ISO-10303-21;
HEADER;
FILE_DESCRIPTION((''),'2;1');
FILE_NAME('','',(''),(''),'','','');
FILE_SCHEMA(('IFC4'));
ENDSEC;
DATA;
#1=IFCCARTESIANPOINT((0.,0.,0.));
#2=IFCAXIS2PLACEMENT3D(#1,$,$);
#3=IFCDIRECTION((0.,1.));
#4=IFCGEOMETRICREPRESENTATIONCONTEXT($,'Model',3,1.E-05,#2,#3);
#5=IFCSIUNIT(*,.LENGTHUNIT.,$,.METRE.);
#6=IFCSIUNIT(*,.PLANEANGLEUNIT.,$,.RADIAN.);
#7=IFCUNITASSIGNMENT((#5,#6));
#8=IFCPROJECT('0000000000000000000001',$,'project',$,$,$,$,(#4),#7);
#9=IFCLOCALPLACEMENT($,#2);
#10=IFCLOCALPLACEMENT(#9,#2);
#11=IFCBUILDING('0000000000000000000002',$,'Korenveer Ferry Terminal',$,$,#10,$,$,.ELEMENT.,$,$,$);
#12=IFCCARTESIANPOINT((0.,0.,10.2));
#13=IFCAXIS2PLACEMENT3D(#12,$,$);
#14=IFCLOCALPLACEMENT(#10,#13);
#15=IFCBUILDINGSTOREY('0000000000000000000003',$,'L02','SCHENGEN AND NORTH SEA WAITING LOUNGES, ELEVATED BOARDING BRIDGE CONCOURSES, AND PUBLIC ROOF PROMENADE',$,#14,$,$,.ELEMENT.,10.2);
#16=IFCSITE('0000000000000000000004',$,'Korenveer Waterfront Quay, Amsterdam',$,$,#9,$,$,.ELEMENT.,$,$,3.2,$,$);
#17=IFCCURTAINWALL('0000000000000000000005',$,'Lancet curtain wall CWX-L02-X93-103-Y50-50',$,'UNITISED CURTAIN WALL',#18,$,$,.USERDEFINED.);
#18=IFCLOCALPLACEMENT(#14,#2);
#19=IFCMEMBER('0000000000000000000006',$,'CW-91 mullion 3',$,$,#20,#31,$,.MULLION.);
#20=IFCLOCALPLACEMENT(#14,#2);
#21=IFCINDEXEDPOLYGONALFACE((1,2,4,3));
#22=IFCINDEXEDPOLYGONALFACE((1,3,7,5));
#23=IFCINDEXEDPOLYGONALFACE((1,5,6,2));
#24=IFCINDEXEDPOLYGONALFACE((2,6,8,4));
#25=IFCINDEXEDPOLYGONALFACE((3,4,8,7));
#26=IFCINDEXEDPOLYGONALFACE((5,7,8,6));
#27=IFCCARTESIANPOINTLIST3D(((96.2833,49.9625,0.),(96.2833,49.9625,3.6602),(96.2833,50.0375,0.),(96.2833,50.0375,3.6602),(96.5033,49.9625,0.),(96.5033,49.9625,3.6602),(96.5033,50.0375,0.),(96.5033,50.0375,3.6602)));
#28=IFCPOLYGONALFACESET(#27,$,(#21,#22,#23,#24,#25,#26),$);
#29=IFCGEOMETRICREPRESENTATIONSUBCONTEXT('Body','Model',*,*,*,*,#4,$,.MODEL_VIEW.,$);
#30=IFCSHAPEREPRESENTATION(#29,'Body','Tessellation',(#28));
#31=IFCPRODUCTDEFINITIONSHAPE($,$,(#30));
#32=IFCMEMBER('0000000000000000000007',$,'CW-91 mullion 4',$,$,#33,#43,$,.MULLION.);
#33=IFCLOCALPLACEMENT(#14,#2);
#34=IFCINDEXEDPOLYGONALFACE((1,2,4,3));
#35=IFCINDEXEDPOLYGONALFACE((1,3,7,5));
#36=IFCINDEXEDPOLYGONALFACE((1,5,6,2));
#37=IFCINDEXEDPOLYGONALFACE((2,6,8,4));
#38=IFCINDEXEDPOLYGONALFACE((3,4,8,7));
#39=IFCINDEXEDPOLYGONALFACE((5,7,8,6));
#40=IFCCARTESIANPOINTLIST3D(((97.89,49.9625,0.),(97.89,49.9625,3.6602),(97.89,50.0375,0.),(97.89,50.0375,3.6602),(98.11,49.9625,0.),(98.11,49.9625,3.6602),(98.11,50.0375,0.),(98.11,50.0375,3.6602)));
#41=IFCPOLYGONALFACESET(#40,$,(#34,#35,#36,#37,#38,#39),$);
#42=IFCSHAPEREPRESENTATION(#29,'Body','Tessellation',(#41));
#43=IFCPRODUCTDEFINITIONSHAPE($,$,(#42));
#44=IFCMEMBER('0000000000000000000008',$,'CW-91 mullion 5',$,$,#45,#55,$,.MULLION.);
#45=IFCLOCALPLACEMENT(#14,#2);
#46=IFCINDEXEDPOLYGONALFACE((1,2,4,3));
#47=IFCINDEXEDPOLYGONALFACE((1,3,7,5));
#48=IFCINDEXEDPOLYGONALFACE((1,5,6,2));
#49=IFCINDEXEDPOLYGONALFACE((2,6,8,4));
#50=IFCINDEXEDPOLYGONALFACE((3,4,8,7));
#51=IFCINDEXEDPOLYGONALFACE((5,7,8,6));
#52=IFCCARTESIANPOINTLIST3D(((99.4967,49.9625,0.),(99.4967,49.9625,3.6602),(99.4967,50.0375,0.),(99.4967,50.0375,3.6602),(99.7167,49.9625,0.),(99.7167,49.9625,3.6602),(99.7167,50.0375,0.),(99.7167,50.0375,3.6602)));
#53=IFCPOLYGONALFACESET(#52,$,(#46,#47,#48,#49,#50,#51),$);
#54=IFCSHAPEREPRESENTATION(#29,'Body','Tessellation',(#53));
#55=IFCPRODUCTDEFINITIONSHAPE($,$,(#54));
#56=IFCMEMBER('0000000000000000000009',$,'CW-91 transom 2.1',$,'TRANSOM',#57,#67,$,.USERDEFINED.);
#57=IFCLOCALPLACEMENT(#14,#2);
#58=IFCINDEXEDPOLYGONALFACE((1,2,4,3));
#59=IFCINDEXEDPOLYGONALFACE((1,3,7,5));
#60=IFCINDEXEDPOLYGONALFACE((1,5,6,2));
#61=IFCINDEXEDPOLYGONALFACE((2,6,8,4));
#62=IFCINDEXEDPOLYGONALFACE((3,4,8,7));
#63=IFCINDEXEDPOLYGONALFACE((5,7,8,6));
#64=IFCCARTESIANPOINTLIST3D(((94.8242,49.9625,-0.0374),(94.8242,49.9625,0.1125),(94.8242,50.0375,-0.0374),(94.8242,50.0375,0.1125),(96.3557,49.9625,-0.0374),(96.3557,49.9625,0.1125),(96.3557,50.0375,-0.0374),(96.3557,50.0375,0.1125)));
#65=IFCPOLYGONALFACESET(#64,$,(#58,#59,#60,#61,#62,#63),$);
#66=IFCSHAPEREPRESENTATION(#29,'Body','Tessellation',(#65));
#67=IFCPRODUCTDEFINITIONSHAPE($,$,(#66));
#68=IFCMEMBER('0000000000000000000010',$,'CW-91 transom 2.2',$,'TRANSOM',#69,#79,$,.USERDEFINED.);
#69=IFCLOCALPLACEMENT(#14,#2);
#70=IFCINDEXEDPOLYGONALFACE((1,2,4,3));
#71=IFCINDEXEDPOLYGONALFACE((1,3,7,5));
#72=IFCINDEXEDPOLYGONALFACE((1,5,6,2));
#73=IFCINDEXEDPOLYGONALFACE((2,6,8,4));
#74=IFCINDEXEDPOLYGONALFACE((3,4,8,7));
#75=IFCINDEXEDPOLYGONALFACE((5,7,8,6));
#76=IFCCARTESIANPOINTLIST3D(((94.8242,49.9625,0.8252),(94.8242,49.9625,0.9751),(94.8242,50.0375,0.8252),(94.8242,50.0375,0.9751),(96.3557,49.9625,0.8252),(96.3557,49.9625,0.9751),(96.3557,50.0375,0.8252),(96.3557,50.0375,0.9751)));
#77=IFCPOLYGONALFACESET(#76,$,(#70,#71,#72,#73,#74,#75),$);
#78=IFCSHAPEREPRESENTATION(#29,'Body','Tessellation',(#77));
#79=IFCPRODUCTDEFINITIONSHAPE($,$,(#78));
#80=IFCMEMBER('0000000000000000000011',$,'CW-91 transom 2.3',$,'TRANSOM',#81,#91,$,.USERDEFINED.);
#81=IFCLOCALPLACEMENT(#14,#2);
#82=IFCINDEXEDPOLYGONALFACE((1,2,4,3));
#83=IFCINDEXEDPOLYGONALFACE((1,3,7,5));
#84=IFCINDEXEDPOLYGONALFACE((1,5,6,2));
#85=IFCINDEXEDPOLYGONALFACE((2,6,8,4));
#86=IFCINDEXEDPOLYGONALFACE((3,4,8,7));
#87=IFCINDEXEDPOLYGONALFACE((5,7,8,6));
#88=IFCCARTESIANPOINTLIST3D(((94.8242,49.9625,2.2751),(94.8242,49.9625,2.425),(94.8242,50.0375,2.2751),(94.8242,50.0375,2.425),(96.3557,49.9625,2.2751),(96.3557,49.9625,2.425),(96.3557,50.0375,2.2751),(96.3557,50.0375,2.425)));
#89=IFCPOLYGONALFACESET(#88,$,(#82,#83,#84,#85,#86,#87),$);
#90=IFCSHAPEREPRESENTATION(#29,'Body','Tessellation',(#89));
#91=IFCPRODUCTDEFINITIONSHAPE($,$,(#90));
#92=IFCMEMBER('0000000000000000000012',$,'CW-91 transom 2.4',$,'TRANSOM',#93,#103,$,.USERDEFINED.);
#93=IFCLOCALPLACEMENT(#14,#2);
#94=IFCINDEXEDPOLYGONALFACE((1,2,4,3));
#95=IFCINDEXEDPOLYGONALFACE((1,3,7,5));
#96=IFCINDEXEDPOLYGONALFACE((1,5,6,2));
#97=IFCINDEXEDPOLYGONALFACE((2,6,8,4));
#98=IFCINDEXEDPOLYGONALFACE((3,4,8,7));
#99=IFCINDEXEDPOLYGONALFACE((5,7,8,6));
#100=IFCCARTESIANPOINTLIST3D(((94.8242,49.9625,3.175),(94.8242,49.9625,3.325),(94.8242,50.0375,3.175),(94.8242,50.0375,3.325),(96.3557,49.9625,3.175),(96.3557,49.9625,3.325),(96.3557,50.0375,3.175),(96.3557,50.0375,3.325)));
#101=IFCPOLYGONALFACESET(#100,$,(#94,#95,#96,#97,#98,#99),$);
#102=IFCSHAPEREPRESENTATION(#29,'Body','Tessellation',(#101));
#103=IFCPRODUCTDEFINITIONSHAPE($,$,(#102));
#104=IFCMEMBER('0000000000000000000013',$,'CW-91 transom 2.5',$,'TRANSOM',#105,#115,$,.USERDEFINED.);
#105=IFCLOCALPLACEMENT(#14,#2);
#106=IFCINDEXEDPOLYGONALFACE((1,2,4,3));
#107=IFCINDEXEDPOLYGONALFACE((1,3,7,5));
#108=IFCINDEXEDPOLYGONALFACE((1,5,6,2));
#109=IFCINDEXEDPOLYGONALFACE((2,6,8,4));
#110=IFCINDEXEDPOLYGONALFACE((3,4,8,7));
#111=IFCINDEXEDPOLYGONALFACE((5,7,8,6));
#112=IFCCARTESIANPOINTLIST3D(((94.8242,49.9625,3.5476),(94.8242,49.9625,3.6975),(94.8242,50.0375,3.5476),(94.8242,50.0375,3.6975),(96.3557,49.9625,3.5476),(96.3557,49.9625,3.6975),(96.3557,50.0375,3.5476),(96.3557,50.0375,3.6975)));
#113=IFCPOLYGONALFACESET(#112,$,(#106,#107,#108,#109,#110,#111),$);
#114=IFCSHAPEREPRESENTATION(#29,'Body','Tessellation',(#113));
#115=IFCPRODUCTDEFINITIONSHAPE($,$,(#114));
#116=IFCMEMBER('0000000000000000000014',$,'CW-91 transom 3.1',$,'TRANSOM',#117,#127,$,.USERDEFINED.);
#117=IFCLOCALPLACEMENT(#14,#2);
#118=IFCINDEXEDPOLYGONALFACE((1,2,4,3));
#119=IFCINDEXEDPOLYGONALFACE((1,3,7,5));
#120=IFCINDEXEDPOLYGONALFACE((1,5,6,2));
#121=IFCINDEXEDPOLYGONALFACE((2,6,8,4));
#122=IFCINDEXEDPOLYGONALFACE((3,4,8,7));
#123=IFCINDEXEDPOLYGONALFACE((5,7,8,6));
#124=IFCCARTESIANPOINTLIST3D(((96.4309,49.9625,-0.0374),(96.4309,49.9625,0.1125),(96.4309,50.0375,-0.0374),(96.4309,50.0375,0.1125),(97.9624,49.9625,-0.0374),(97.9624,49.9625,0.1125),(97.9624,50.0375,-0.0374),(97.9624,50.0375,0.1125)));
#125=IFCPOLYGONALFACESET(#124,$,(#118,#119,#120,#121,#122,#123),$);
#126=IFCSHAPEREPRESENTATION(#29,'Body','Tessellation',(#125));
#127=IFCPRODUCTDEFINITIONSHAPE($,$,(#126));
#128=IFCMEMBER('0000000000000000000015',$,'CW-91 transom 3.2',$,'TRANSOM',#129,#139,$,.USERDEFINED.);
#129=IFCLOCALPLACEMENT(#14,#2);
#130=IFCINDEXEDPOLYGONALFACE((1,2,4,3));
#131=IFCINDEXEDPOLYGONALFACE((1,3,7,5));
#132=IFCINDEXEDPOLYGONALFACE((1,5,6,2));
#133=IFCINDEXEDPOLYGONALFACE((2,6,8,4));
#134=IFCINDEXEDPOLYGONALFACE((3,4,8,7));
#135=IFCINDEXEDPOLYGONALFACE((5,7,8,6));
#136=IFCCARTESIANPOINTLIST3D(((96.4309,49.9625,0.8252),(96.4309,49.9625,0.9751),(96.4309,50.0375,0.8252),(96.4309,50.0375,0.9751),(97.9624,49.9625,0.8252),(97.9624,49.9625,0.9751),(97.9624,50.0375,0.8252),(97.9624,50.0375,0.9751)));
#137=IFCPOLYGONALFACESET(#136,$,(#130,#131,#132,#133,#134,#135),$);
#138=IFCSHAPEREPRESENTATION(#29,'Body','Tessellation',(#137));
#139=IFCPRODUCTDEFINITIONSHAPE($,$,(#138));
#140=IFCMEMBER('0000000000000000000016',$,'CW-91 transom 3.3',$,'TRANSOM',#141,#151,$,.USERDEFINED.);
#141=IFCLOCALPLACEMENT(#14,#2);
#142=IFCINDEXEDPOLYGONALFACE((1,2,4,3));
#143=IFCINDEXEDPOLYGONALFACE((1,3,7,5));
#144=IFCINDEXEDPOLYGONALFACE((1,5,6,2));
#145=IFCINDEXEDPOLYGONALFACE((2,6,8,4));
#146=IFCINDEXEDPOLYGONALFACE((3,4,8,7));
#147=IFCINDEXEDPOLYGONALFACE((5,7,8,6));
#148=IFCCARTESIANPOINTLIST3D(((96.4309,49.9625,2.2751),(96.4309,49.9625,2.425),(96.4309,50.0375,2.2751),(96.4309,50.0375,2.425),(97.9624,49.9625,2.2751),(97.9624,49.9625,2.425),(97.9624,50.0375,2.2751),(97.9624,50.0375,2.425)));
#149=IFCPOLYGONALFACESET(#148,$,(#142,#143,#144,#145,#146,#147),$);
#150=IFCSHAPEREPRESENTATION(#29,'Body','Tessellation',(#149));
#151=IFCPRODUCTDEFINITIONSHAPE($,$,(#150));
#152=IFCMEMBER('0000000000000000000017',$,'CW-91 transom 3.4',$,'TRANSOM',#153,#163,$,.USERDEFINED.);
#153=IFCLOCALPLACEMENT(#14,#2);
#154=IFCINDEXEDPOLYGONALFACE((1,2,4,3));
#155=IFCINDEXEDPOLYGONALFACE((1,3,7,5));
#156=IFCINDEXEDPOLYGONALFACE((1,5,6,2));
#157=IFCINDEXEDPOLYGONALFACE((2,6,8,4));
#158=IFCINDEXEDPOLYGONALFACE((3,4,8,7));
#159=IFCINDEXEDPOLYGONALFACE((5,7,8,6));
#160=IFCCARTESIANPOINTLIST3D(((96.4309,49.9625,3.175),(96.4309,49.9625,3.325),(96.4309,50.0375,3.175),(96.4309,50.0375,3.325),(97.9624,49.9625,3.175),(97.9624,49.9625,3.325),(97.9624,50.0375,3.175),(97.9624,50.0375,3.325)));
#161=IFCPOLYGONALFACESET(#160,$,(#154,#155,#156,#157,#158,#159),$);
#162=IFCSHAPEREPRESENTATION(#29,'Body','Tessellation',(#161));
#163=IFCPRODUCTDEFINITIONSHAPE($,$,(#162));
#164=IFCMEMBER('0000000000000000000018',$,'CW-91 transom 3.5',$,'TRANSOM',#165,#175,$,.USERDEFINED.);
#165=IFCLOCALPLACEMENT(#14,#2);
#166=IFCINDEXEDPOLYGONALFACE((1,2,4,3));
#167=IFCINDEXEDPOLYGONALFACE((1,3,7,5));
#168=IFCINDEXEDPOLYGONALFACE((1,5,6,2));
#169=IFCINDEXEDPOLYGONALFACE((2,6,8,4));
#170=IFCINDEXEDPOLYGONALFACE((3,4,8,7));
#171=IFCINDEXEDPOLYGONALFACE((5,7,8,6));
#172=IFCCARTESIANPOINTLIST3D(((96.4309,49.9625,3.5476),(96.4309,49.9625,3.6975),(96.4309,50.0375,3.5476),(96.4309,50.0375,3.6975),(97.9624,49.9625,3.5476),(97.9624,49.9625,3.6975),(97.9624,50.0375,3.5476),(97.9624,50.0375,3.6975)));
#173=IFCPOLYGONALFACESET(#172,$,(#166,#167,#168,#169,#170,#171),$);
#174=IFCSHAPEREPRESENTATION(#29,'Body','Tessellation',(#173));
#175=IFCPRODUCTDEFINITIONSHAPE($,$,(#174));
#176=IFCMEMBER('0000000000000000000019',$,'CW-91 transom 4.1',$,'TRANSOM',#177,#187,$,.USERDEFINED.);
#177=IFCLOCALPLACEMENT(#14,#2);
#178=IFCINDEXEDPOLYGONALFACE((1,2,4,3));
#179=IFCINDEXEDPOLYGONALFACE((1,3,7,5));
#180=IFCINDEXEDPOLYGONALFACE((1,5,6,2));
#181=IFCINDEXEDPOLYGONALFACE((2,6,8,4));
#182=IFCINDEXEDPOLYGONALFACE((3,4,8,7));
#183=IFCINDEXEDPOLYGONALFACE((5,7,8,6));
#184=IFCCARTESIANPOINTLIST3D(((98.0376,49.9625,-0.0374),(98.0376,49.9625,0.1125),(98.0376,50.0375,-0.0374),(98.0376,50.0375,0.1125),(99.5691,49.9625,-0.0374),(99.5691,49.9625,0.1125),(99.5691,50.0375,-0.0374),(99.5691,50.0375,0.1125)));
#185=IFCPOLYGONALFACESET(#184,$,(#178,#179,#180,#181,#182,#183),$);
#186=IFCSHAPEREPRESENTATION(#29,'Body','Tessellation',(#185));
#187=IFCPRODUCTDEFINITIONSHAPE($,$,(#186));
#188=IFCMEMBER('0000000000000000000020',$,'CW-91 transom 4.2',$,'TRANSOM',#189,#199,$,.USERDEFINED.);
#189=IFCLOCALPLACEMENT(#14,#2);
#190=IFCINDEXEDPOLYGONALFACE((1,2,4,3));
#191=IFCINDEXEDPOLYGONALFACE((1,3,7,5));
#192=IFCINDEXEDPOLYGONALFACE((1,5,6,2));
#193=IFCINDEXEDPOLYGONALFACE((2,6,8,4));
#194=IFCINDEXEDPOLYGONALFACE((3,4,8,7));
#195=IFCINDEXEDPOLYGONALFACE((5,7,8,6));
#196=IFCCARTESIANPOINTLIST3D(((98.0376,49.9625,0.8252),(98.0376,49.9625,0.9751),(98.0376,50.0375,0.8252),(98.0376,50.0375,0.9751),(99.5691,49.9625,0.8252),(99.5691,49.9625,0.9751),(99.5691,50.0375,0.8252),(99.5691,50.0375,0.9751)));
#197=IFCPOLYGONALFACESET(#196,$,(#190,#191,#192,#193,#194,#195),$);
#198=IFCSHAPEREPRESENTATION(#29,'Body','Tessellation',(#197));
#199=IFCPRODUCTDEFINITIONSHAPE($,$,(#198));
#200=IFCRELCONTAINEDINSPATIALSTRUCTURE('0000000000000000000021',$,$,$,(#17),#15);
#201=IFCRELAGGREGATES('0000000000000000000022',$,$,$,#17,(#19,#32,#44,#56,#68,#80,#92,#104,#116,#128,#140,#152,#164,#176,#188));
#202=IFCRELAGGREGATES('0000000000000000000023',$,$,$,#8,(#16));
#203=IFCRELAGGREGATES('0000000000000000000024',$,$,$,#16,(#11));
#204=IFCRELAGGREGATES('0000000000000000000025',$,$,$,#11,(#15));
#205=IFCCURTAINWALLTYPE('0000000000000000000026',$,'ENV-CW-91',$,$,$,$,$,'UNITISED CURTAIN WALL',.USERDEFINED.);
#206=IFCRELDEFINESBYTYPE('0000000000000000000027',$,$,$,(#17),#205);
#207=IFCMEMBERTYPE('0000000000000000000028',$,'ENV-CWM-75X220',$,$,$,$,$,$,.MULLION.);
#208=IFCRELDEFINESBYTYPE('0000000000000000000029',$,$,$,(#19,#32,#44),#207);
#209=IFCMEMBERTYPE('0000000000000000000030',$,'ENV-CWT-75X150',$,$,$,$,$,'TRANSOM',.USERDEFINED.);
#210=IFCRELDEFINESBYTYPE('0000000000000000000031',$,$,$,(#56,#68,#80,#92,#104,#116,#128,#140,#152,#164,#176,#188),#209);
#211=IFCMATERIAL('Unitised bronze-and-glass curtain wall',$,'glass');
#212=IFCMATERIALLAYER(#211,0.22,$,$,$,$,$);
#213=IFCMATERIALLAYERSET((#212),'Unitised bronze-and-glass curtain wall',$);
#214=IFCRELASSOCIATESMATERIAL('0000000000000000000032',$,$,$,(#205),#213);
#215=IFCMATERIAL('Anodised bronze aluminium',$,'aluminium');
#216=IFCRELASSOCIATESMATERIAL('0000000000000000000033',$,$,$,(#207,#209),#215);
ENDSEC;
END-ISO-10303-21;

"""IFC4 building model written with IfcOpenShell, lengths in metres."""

from ifc_helpers import new_model, si_unit, direction, frame, origin, origin_2d, place, context, subcontext, project, spatial, rectangle, extrude, material, layer, layer_set, material_profile, profile_set, type_object, element, aggregate, save


model = new_model("IFC4")

# Units and contexts
model_context = context("Model", 3, precision=1e-05, world=origin(), true_north=direction((0.0, 1.0)))
body_context = subcontext(model_context, "Body", "Model", "MODEL_VIEW")
ifc_project = project(units=[si_unit("LENGTHUNIT", "METRE"), si_unit("PLANEANGLEUNIT", "RADIAN")], contexts=[model_context])

# Site, building, storey
site_placement = place(None, origin())
site = spatial("IfcSite", under=ifc_project, at=site_placement, Name="Korenveer Waterfront Quay, Amsterdam", CompositionType="ELEMENT", RefElevation=3.2)
building_placement = place(site_placement, origin())
building = spatial("IfcBuilding", under=site, at=building_placement, Name="Korenveer Ferry Terminal", CompositionType="ELEMENT")
storey_placement = place(building_placement, frame((0.0, 0.0, 10.2)))
storey = spatial("IfcBuildingStorey", under=building, at=storey_placement, Name="L02", Description="SCHENGEN AND NORTH SEA WAITING LOUNGES, ELEVATED BOARDING BRIDGE CONCOURSES, AND PUBLIC ROOF PROMENADE", CompositionType="ELEMENT", Elevation=10.2)

# Curtain wall, members
ifc_material_1 = material(Name="Unitised bronze-and-glass curtain wall", Category="glass")
ifc_layer_1 = layer(ifc_material_1, 0.22)
ifc_layer_set_1 = layer_set([ifc_layer_1], Name="Unitised bronze-and-glass curtain wall")
curtain_wall_type = type_object("IfcCurtainWallType", Name="ENV-CW-91", ElementType="UNITISED CURTAIN WALL", PredefinedType="USERDEFINED", material=ifc_layer_set_1)
curtain_wall_placement = place(storey_placement, frame((93.1799, 50.0, 0.0)))
curtain_wall = element("IfcCurtainWall", 1, at=curtain_wall_placement, inside=storey, type_object=curtain_wall_type, Name="Lancet curtain wall CWX-L02-X93-103-Y50-50", ObjectType="UNITISED CURTAIN WALL", PredefinedType="USERDEFINED")
ifc_material_2 = material(Name="Anodised bronze aluminium", Category="aluminium")
ifc_material_profile_1 = material_profile(ifc_material_2, rectangle(XDim=0.075, YDim=0.22, at=origin_2d()), Name="ALU 75x220")
ifc_profile_set_1 = profile_set([ifc_material_profile_1], Name="Anodised bronze aluminium")
member_type_1 = type_object("IfcMemberType", Name="ENV-CWM-75X220", PredefinedType="MULLION", material=ifc_profile_set_1)
member_1_placement = place(storey_placement, frame((96.3933, 50.0, 0.0), z_axis=(0.0, 0.0, 1.0), x_axis=(0.0, 1.0, 0.0)))
member_1 = element("IfcMember", 2, at=member_1_placement, type_object=member_type_1, Name="CW-91 mullion 3", PredefinedType="MULLION", context=body_context, shape_type="SweptSolid", body=[
    extrude(rectangle(XDim=0.075, YDim=0.22, at=origin_2d()), origin(), (0.0, 0.0, 1.0), 3.6602),
])
member_2_placement = place(storey_placement, frame((98.0, 50.0, 0.0), z_axis=(0.0, 0.0, 1.0), x_axis=(0.0, 1.0, 0.0)))
member_2 = element("IfcMember", 3, at=member_2_placement, type_object=member_type_1, Name="CW-91 mullion 4", PredefinedType="MULLION", context=body_context, shape_type="SweptSolid", body=[
    extrude(rectangle(XDim=0.075, YDim=0.22, at=origin_2d()), origin(), (0.0, 0.0, 1.0), 3.6602),
])
member_3_placement = place(storey_placement, frame((99.6067, 50.0, 0.0), z_axis=(0.0, 0.0, 1.0), x_axis=(0.0, 1.0, 0.0)))
member_3 = element("IfcMember", 4, at=member_3_placement, type_object=member_type_1, Name="CW-91 mullion 5", PredefinedType="MULLION", context=body_context, shape_type="SweptSolid", body=[
    extrude(rectangle(XDim=0.075, YDim=0.22, at=origin_2d()), origin(), (0.0, 0.0, 1.0), 3.6602),
])
ifc_material_profile_2 = material_profile(ifc_material_2, rectangle(XDim=0.075, YDim=0.1499, at=origin_2d()), Name="ALU 75x150")
ifc_profile_set_2 = profile_set([ifc_material_profile_2], Name="Anodised bronze aluminium")
member_type_2 = type_object("IfcMemberType", Name="ENV-CWT-75X150", ElementType="TRANSOM", PredefinedType="USERDEFINED", material=ifc_profile_set_2)
member_4_placement = place(storey_placement, frame((94.8242, 50.0, 0.0376), z_axis=(1.0, 0.0, 0.0), x_axis=(0.0, 1.0, 0.0)))
member_4 = element("IfcMember", 5, at=member_4_placement, type_object=member_type_2, Name="CW-91 transom 2.1", ObjectType="TRANSOM", PredefinedType="USERDEFINED", context=body_context, shape_type="SweptSolid", body=[
    extrude(rectangle(XDim=0.075, YDim=0.1499, at=origin_2d()), origin(), (0.0, 0.0, 1.0), 1.5315),
])
member_5_placement = place(storey_placement, frame((94.8242, 50.0, 0.9001), z_axis=(1.0, 0.0, 0.0), x_axis=(0.0, 1.0, 0.0)))
member_5 = element("IfcMember", 6, at=member_5_placement, type_object=member_type_2, Name="CW-91 transom 2.2", ObjectType="TRANSOM", PredefinedType="USERDEFINED", context=body_context, shape_type="SweptSolid", body=[
    extrude(rectangle(XDim=0.075, YDim=0.1499, at=origin_2d()), origin(), (0.0, 0.0, 1.0), 1.5315),
])
member_6_placement = place(storey_placement, frame((94.8242, 50.0, 2.3501), z_axis=(1.0, 0.0, 0.0), x_axis=(0.0, 1.0, 0.0)))
member_6 = element("IfcMember", 7, at=member_6_placement, type_object=member_type_2, Name="CW-91 transom 2.3", ObjectType="TRANSOM", PredefinedType="USERDEFINED", context=body_context, shape_type="SweptSolid", body=[
    extrude(rectangle(XDim=0.075, YDim=0.1499, at=origin_2d()), origin(), (0.0, 0.0, 1.0), 1.5315),
])
member_7_placement = place(storey_placement, frame((94.8242, 50.0, 3.25), z_axis=(1.0, 0.0, 0.0), x_axis=(0.0, 1.0, 0.0)))
member_7 = element("IfcMember", 8, at=member_7_placement, type_object=member_type_2, Name="CW-91 transom 2.4", ObjectType="TRANSOM", PredefinedType="USERDEFINED", context=body_context, shape_type="SweptSolid", body=[
    extrude(rectangle(XDim=0.075, YDim=0.1499, at=origin_2d()), origin(), (0.0, 0.0, 1.0), 1.5315),
])
member_8_placement = place(storey_placement, frame((94.8242, 50.0, 3.6226), z_axis=(1.0, 0.0, 0.0), x_axis=(0.0, 1.0, 0.0)))
member_8 = element("IfcMember", 9, at=member_8_placement, type_object=member_type_2, Name="CW-91 transom 2.5", ObjectType="TRANSOM", PredefinedType="USERDEFINED", context=body_context, shape_type="SweptSolid", body=[
    extrude(rectangle(XDim=0.075, YDim=0.1499, at=origin_2d()), origin(), (0.0, 0.0, 1.0), 1.5315),
])
member_9_placement = place(storey_placement, frame((96.4309, 50.0, 0.0376), z_axis=(1.0, 0.0, 0.0), x_axis=(0.0, 1.0, 0.0)))
member_9 = element("IfcMember", 10, at=member_9_placement, type_object=member_type_2, Name="CW-91 transom 3.1", ObjectType="TRANSOM", PredefinedType="USERDEFINED", context=body_context, shape_type="SweptSolid", body=[
    extrude(rectangle(XDim=0.075, YDim=0.1499, at=origin_2d()), origin(), (0.0, 0.0, 1.0), 1.5315),
])
member_10_placement = place(storey_placement, frame((96.4309, 50.0, 0.9001), z_axis=(1.0, 0.0, 0.0), x_axis=(0.0, 1.0, 0.0)))
member_10 = element("IfcMember", 11, at=member_10_placement, type_object=member_type_2, Name="CW-91 transom 3.2", ObjectType="TRANSOM", PredefinedType="USERDEFINED", context=body_context, shape_type="SweptSolid", body=[
    extrude(rectangle(XDim=0.075, YDim=0.1499, at=origin_2d()), origin(), (0.0, 0.0, 1.0), 1.5315),
])
member_11_placement = place(storey_placement, frame((96.4309, 50.0, 2.3501), z_axis=(1.0, 0.0, 0.0), x_axis=(0.0, 1.0, 0.0)))
member_11 = element("IfcMember", 12, at=member_11_placement, type_object=member_type_2, Name="CW-91 transom 3.3", ObjectType="TRANSOM", PredefinedType="USERDEFINED", context=body_context, shape_type="SweptSolid", body=[
    extrude(rectangle(XDim=0.075, YDim=0.1499, at=origin_2d()), origin(), (0.0, 0.0, 1.0), 1.5315),
])
member_12_placement = place(storey_placement, frame((96.4309, 50.0, 3.25), z_axis=(1.0, 0.0, 0.0), x_axis=(0.0, 1.0, 0.0)))
member_12 = element("IfcMember", 13, at=member_12_placement, type_object=member_type_2, Name="CW-91 transom 3.4", ObjectType="TRANSOM", PredefinedType="USERDEFINED", context=body_context, shape_type="SweptSolid", body=[
    extrude(rectangle(XDim=0.075, YDim=0.1499, at=origin_2d()), origin(), (0.0, 0.0, 1.0), 1.5315),
])
member_13_placement = place(storey_placement, frame((96.4309, 50.0, 3.6226), z_axis=(1.0, 0.0, 0.0), x_axis=(0.0, 1.0, 0.0)))
member_13 = element("IfcMember", 14, at=member_13_placement, type_object=member_type_2, Name="CW-91 transom 3.5", ObjectType="TRANSOM", PredefinedType="USERDEFINED", context=body_context, shape_type="SweptSolid", body=[
    extrude(rectangle(XDim=0.075, YDim=0.1499, at=origin_2d()), origin(), (0.0, 0.0, 1.0), 1.5315),
])
member_14_placement = place(storey_placement, frame((98.0376, 50.0, 0.0376), z_axis=(1.0, 0.0, 0.0), x_axis=(0.0, 1.0, 0.0)))
member_14 = element("IfcMember", 15, at=member_14_placement, type_object=member_type_2, Name="CW-91 transom 4.1", ObjectType="TRANSOM", PredefinedType="USERDEFINED", context=body_context, shape_type="SweptSolid", body=[
    extrude(rectangle(XDim=0.075, YDim=0.1499, at=origin_2d()), origin(), (0.0, 0.0, 1.0), 1.5315),
])
member_15_placement = place(storey_placement, frame((98.0376, 50.0, 0.9001), z_axis=(1.0, 0.0, 0.0), x_axis=(0.0, 1.0, 0.0)))
member_15 = element("IfcMember", 16, at=member_15_placement, type_object=member_type_2, Name="CW-91 transom 4.2", ObjectType="TRANSOM", PredefinedType="USERDEFINED", context=body_context, shape_type="SweptSolid", body=[
    extrude(rectangle(XDim=0.075, YDim=0.1499, at=origin_2d()), origin(), (0.0, 0.0, 1.0), 1.5315),
])
aggregate(curtain_wall, [member_1, member_2, member_3, member_4, member_5, member_6, member_7, member_8, member_9, member_10, member_11, member_12, member_13, member_14, member_15])

save(model, "model.ifc")
